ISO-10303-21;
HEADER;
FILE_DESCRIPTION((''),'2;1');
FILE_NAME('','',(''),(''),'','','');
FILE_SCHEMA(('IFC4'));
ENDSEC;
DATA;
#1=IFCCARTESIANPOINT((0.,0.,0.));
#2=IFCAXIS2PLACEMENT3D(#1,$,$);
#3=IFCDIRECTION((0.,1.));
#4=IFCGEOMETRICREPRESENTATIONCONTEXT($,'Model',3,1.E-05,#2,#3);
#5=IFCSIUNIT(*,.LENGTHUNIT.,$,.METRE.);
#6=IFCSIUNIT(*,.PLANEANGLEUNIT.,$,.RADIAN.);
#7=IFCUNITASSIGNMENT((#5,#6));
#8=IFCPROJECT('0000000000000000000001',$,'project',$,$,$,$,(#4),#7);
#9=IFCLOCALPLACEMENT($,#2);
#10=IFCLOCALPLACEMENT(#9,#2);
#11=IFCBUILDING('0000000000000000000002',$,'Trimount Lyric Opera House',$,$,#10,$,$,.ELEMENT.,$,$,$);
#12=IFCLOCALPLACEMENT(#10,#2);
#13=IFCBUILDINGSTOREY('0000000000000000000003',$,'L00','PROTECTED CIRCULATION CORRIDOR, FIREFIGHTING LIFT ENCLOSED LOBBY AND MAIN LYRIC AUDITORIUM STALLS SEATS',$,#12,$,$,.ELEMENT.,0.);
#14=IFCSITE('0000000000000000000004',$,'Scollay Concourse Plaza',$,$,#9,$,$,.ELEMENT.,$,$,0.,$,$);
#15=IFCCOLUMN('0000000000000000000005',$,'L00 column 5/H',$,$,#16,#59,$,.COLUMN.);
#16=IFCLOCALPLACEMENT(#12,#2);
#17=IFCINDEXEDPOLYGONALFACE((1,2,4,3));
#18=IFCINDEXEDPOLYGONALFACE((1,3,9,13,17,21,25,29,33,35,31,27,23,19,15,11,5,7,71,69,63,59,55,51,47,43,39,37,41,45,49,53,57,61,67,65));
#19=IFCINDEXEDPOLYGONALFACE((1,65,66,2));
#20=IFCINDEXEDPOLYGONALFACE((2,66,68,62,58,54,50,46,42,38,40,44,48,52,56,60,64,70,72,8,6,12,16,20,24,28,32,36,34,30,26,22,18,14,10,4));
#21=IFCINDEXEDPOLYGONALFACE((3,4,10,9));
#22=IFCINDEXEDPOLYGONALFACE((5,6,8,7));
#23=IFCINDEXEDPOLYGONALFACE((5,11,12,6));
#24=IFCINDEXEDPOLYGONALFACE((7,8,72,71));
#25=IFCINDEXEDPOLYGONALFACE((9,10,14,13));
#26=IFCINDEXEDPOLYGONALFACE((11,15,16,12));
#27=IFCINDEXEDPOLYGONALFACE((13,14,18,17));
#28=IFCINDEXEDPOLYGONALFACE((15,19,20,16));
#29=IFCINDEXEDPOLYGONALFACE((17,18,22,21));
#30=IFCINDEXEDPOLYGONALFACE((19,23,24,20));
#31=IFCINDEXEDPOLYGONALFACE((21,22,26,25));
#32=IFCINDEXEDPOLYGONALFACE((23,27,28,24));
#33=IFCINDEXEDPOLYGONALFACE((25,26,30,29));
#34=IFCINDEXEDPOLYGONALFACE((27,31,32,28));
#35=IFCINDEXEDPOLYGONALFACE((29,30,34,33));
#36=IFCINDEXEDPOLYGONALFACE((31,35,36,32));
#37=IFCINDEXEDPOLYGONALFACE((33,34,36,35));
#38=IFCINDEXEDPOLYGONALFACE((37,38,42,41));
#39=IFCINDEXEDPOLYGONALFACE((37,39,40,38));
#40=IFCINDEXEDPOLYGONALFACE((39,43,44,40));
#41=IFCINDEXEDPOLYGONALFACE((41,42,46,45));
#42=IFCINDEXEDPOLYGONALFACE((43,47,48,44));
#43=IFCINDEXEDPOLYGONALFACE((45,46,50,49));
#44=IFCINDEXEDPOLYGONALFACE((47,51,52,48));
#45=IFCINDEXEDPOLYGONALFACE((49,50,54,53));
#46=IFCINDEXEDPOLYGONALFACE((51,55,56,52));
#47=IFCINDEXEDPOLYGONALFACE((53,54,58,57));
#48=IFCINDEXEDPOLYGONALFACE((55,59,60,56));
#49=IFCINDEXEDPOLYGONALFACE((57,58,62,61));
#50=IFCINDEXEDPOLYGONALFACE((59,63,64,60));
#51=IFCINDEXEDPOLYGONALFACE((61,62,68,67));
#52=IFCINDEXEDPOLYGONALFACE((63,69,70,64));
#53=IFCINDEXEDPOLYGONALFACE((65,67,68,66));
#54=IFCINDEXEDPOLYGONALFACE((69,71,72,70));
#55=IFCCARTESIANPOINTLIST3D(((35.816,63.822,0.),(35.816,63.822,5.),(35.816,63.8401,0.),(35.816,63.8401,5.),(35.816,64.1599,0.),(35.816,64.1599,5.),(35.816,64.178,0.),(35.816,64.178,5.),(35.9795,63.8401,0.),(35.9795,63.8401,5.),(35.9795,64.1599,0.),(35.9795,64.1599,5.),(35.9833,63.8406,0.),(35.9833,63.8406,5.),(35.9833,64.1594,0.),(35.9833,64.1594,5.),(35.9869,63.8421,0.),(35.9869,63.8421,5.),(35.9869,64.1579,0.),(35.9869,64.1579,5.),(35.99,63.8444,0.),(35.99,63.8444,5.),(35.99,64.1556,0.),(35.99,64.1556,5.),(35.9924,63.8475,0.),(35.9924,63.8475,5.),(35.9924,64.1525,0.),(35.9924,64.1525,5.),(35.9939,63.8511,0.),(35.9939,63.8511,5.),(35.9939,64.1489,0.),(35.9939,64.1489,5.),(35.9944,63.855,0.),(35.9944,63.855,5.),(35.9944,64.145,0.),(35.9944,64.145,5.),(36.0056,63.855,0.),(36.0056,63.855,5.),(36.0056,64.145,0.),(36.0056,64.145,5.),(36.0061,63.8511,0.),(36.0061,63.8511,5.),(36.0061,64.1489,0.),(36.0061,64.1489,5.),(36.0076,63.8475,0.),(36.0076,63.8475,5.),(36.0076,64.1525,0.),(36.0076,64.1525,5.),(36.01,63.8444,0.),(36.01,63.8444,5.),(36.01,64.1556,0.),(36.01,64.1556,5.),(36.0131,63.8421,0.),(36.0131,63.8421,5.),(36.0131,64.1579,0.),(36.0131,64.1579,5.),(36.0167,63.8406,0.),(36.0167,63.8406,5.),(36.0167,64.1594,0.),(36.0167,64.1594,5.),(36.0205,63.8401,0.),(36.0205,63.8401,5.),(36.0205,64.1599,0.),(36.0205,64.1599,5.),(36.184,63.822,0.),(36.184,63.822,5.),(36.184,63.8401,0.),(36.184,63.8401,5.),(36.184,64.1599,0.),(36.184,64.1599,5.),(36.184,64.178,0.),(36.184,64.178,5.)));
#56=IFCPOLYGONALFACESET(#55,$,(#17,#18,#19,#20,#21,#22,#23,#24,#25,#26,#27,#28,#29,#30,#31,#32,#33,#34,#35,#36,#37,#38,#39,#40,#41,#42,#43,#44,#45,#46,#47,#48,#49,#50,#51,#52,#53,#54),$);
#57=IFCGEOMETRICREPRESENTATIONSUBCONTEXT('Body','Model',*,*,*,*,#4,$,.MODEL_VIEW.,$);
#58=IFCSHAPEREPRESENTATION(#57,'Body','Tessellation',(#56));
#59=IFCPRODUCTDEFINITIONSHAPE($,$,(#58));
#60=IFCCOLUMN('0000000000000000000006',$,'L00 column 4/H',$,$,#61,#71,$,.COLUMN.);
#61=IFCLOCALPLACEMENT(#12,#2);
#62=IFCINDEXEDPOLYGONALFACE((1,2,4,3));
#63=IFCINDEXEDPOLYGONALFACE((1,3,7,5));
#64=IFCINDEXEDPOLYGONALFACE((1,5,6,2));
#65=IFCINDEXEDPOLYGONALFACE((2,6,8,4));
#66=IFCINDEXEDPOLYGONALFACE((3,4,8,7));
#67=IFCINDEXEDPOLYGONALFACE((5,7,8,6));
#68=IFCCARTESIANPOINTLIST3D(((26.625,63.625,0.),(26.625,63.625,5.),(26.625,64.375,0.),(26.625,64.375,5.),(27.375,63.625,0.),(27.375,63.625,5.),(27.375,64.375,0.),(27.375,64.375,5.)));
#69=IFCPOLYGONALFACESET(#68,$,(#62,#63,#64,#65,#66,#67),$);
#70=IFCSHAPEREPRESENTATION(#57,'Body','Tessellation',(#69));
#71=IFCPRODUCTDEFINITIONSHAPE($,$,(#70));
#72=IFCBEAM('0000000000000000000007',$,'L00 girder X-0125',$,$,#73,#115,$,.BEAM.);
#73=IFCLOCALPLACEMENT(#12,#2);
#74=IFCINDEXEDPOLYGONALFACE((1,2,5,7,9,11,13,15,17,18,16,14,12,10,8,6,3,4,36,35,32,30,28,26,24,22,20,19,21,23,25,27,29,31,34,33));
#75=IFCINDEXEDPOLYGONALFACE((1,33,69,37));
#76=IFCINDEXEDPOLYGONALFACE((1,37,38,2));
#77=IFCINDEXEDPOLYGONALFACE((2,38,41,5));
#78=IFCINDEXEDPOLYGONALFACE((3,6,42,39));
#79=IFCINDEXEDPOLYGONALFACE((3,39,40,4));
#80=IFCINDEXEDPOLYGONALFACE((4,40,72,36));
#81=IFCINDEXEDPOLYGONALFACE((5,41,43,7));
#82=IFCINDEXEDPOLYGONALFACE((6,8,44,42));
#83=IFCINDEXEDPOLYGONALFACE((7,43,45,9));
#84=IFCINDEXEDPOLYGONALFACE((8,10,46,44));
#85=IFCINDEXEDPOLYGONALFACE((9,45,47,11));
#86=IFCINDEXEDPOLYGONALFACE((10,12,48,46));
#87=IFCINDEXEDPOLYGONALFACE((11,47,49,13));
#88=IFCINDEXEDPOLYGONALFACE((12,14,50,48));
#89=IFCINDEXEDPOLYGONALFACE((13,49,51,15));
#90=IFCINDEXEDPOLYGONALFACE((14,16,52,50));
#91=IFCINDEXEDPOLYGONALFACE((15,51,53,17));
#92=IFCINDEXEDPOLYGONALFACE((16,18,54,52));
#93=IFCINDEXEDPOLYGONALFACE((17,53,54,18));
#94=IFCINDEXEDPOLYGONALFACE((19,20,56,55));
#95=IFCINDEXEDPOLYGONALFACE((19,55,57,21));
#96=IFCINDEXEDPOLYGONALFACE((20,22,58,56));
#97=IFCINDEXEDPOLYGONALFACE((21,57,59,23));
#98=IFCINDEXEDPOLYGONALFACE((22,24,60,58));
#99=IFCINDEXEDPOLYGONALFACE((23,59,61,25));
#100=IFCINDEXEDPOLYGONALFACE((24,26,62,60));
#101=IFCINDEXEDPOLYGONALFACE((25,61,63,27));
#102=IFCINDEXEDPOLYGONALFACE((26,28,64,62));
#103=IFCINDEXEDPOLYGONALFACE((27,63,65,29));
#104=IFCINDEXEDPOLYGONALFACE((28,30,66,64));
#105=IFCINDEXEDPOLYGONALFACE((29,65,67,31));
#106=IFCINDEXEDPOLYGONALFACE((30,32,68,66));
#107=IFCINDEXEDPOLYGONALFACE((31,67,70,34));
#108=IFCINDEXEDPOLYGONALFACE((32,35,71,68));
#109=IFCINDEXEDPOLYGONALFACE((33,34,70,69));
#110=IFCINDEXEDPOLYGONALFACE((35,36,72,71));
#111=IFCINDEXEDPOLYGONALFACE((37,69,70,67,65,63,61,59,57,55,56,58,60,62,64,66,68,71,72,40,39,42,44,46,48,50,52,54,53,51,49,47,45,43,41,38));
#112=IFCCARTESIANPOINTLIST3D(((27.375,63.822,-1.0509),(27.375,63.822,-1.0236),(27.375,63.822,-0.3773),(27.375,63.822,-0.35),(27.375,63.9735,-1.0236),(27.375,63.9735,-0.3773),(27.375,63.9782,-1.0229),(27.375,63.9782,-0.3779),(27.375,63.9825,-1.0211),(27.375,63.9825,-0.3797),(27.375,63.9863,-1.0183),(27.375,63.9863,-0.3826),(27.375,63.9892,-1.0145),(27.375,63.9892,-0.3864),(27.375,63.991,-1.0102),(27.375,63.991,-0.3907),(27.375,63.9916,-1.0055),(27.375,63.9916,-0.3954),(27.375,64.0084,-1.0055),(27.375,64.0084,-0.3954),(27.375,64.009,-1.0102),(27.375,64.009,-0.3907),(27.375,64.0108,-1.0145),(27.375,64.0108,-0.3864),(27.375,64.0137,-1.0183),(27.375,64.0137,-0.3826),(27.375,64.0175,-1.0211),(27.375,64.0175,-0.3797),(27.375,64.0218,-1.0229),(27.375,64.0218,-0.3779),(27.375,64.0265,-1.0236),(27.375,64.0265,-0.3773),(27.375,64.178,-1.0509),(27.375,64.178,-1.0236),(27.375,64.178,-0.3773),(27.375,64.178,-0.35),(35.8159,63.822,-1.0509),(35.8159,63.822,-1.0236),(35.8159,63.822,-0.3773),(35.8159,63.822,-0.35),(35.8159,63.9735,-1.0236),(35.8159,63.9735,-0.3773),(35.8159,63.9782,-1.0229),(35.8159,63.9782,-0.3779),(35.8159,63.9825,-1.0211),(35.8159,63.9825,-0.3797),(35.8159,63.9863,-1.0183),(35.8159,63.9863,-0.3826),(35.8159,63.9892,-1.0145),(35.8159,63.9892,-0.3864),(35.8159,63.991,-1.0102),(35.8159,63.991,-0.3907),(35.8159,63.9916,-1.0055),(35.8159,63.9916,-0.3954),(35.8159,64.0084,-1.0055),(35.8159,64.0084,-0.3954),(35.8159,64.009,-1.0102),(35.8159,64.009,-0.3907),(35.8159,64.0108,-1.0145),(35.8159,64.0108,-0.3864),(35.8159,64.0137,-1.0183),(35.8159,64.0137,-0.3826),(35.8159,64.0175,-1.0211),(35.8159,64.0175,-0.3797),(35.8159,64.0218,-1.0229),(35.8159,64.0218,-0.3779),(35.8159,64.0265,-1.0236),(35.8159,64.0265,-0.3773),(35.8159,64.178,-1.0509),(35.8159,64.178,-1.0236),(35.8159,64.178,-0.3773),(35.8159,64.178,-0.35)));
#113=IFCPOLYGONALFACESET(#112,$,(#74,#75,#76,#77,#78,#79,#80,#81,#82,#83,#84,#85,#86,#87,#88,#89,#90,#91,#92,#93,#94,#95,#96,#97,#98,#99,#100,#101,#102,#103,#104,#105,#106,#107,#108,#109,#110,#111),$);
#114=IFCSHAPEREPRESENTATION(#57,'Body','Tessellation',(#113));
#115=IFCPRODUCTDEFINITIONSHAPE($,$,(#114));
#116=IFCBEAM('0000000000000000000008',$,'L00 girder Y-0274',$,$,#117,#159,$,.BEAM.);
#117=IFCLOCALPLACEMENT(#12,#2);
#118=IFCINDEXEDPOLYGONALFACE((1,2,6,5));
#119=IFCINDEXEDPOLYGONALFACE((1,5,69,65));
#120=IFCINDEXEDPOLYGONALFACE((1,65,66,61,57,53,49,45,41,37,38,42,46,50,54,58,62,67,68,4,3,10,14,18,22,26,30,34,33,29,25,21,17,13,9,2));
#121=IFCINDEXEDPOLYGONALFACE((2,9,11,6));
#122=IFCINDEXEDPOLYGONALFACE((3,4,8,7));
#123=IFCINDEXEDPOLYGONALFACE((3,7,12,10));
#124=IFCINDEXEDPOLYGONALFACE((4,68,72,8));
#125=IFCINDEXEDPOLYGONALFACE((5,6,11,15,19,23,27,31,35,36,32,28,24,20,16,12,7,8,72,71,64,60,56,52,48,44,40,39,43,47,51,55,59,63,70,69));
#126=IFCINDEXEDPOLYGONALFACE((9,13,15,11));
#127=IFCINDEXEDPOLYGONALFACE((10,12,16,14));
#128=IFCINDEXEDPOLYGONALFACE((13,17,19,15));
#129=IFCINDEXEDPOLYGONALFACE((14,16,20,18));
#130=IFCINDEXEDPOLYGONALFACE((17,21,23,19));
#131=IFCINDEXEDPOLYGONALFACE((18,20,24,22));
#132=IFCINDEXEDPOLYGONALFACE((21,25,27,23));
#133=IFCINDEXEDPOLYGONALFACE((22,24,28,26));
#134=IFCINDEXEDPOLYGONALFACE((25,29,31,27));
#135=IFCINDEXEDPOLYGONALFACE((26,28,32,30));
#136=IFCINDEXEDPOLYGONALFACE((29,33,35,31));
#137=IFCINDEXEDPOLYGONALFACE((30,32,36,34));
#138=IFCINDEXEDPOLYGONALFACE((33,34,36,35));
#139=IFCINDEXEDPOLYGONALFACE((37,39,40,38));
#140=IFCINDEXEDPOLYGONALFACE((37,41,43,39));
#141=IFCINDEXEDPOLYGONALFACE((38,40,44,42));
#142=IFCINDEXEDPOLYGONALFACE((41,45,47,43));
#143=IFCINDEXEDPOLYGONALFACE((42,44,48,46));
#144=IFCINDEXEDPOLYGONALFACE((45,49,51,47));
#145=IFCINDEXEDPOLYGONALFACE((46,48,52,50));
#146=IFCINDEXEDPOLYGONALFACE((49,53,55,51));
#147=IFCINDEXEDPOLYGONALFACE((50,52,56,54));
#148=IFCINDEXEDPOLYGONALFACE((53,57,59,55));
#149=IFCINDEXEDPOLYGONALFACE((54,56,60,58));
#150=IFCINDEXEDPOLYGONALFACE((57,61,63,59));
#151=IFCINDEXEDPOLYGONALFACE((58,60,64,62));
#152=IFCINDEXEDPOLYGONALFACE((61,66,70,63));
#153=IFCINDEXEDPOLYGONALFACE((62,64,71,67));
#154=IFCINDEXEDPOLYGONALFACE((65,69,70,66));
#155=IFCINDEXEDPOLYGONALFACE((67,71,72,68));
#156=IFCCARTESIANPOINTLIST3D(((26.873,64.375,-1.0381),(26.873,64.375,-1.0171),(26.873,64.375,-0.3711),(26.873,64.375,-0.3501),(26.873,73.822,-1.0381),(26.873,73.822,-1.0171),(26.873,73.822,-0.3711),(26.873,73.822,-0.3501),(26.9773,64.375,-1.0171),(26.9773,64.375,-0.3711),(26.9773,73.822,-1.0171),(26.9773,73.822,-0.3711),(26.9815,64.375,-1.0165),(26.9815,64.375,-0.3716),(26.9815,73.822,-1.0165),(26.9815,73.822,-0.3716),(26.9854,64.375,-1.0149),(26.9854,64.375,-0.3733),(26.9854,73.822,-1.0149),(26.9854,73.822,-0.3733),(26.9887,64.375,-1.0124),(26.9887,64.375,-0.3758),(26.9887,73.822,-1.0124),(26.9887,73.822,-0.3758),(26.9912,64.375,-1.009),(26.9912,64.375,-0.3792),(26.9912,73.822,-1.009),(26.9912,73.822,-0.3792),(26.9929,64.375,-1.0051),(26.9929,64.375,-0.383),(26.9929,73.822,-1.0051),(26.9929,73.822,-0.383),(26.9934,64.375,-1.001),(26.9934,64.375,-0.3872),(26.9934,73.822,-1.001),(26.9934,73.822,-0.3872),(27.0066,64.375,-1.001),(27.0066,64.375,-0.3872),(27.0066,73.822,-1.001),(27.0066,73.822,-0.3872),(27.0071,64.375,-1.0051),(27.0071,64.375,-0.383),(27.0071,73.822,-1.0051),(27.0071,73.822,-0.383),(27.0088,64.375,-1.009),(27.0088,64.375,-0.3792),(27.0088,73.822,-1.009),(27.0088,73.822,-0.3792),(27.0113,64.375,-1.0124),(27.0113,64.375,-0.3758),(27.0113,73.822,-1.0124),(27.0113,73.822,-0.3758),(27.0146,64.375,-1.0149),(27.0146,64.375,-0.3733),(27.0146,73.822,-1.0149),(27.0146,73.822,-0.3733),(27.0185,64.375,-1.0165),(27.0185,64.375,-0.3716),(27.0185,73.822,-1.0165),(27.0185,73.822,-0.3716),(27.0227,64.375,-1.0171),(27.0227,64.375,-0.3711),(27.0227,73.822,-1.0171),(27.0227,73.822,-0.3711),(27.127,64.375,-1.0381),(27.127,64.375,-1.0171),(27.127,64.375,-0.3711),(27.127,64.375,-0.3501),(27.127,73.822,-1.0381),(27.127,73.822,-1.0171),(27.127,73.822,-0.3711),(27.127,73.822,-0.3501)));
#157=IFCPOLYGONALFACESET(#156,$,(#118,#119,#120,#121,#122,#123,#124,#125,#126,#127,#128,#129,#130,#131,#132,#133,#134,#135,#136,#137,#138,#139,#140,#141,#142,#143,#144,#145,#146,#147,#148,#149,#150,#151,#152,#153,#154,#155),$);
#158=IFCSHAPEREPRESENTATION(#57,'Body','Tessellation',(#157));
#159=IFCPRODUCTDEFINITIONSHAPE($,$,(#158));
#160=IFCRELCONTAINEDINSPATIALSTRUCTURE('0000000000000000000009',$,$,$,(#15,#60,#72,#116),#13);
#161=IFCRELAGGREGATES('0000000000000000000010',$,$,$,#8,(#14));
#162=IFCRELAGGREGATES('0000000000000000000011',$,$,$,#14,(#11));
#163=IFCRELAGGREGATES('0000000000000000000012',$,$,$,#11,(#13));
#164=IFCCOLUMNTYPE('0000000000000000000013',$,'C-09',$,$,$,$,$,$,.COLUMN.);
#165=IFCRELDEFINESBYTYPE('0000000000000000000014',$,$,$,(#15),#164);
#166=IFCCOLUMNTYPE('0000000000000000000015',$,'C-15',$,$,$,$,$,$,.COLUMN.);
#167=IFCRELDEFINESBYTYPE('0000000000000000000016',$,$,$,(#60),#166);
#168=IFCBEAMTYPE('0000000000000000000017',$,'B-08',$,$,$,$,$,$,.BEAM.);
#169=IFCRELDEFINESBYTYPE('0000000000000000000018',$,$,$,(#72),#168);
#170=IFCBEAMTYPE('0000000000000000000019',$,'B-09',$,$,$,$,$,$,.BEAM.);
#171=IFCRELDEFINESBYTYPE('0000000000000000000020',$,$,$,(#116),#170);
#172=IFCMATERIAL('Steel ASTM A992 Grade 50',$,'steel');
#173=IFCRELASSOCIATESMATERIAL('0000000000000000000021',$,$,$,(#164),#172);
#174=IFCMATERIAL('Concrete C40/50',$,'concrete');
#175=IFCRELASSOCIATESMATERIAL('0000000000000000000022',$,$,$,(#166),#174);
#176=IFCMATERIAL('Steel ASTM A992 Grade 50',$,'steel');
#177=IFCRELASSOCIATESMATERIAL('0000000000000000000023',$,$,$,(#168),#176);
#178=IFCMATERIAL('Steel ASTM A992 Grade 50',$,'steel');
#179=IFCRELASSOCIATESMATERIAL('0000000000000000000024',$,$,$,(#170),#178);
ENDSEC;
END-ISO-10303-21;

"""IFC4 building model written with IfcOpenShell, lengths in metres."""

from ifc_helpers import new_model, si_unit, direction, frame, origin, origin_2d, place, context, subcontext, project, spatial, rectangle, i_section, extrude, material, material_profile, profile_set, type_object, element, save


model = new_model("IFC4")

# Units and contexts
model_context = context("Model", 3, precision=1e-05, world=origin(), true_north=direction((0.0, 1.0)))
body_context = subcontext(model_context, "Body", "Model", "MODEL_VIEW")
ifc_project = project(units=[si_unit("LENGTHUNIT", "METRE"), si_unit("PLANEANGLEUNIT", "RADIAN")], contexts=[model_context])

# Site, building, storey
site_placement = place(None, origin())
site = spatial("IfcSite", under=ifc_project, at=site_placement, Name="Scollay Concourse Plaza", CompositionType="ELEMENT", RefElevation=0.0)
building_placement = place(site_placement, origin())
building = spatial("IfcBuilding", under=site, at=building_placement, Name="Trimount Lyric Opera House", CompositionType="ELEMENT")
storey_placement = place(building_placement, origin())
storey = spatial("IfcBuildingStorey", under=building, at=storey_placement, Name="L00", Description="PROTECTED CIRCULATION CORRIDOR, FIREFIGHTING LIFT ENCLOSED LOBBY AND MAIN LYRIC AUDITORIUM STALLS SEATS", CompositionType="ELEMENT", Elevation=0.0)

# Columns
ifc_material_1 = material(Name="Steel ASTM A992 Grade 50", Category="steel")
ifc_material_profile_1 = material_profile(ifc_material_1, i_section(OverallWidth=0.3679, OverallDepth=0.356, WebThickness=0.0112, FlangeThickness=0.0181, FilletRadius=0.0149, at=origin_2d()), Name="W14X90")
ifc_profile_set_1 = profile_set([ifc_material_profile_1], Name="Steel ASTM A992 Grade 50")
column_type_1 = type_object("IfcColumnType", Name="C-09", PredefinedType="COLUMN", material=ifc_profile_set_1)
column_1_placement = place(storey_placement, frame((36.0, 64.0, 0.0), z_axis=(0.0, 0.0, 1.0), x_axis=(1.0, 0.0, 0.0)))
element("IfcColumn", 1, at=column_1_placement, inside=storey, type_object=column_type_1, Name="L00 column 5/H", PredefinedType="COLUMN", context=body_context, shape_type="SweptSolid", body=[
    extrude(i_section(OverallWidth=0.3679, OverallDepth=0.356, WebThickness=0.0112, FlangeThickness=0.0181, FilletRadius=0.0149, at=origin_2d()), origin(), (0.0, 0.0, 1.0), 5.0),
])
ifc_material_2 = material(Name="Concrete C40/50", Category="concrete")
ifc_material_profile_2 = material_profile(ifc_material_2, rectangle(XDim=0.75, YDim=0.75, at=origin_2d()), Name="RC750X750")
ifc_profile_set_2 = profile_set([ifc_material_profile_2], Name="Concrete C40/50")
column_type_2 = type_object("IfcColumnType", Name="C-15", PredefinedType="COLUMN", material=ifc_profile_set_2)
column_2_placement = place(storey_placement, frame((27.0, 64.0, 0.0), z_axis=(0.0, 0.0, 1.0), x_axis=(1.0, 0.0, 0.0)))
element("IfcColumn", 2, at=column_2_placement, inside=storey, type_object=column_type_2, Name="L00 column 4/H", PredefinedType="COLUMN", context=body_context, shape_type="SweptSolid", body=[
    extrude(rectangle(XDim=0.75, YDim=0.75, at=origin_2d()), origin(), (0.0, 0.0, 1.0), 5.0),
])

# Beams
ifc_material_3 = material(Name="Steel ASTM A992 Grade 50", Category="steel")
ifc_material_profile_3 = material_profile(ifc_material_3, i_section(OverallWidth=0.356, OverallDepth=0.7009, WebThickness=0.0168, FlangeThickness=0.0273, FilletRadius=0.0181, at=origin_2d()), Name="W27X161")
ifc_profile_set_3 = profile_set([ifc_material_profile_3], Name="Steel ASTM A992 Grade 50")
beam_type_1 = type_object("IfcBeamType", Name="B-08", PredefinedType="BEAM", material=ifc_profile_set_3)
beam_1_placement = place(storey_placement, frame((27.375, 64.0, -0.7004), z_axis=(1.0, 0.0, 0.0), x_axis=(0.0, 1.0, 0.0)))
element("IfcBeam", 3, at=beam_1_placement, inside=storey, type_object=beam_type_1, Name="L00 girder X-0125", PredefinedType="BEAM", context=body_context, shape_type="SweptSolid", body=[
    extrude(i_section(OverallWidth=0.356, OverallDepth=0.7009, WebThickness=0.0168, FlangeThickness=0.0273, FilletRadius=0.0181, at=origin_2d()), origin(), (0.0, 0.0, 1.0), 8.4409),
])
ifc_material_4 = material(Name="Steel ASTM A992 Grade 50", Category="steel")
ifc_material_profile_4 = material_profile(ifc_material_4, i_section(OverallWidth=0.2539, OverallDepth=0.688, WebThickness=0.0132, FlangeThickness=0.021, FilletRadius=0.0161, at=origin_2d()), Name="W27X102")
ifc_profile_set_4 = profile_set([ifc_material_profile_4], Name="Steel ASTM A992 Grade 50")
beam_type_2 = type_object("IfcBeamType", Name="B-09", PredefinedType="BEAM", material=ifc_profile_set_4)
beam_2_placement = place(storey_placement, frame((27.0, 64.375, -0.6941), z_axis=(0.0, 1.0, 0.0), x_axis=(-1.0, 0.0, 0.0)))
element("IfcBeam", 4, at=beam_2_placement, inside=storey, type_object=beam_type_2, Name="L00 girder Y-0274", PredefinedType="BEAM", context=body_context, shape_type="SweptSolid", body=[
    extrude(i_section(OverallWidth=0.2539, OverallDepth=0.688, WebThickness=0.0132, FlangeThickness=0.021, FilletRadius=0.0161, at=origin_2d()), origin(), (0.0, 0.0, 1.0), 9.447),
])

save(model, "model.ifc")
